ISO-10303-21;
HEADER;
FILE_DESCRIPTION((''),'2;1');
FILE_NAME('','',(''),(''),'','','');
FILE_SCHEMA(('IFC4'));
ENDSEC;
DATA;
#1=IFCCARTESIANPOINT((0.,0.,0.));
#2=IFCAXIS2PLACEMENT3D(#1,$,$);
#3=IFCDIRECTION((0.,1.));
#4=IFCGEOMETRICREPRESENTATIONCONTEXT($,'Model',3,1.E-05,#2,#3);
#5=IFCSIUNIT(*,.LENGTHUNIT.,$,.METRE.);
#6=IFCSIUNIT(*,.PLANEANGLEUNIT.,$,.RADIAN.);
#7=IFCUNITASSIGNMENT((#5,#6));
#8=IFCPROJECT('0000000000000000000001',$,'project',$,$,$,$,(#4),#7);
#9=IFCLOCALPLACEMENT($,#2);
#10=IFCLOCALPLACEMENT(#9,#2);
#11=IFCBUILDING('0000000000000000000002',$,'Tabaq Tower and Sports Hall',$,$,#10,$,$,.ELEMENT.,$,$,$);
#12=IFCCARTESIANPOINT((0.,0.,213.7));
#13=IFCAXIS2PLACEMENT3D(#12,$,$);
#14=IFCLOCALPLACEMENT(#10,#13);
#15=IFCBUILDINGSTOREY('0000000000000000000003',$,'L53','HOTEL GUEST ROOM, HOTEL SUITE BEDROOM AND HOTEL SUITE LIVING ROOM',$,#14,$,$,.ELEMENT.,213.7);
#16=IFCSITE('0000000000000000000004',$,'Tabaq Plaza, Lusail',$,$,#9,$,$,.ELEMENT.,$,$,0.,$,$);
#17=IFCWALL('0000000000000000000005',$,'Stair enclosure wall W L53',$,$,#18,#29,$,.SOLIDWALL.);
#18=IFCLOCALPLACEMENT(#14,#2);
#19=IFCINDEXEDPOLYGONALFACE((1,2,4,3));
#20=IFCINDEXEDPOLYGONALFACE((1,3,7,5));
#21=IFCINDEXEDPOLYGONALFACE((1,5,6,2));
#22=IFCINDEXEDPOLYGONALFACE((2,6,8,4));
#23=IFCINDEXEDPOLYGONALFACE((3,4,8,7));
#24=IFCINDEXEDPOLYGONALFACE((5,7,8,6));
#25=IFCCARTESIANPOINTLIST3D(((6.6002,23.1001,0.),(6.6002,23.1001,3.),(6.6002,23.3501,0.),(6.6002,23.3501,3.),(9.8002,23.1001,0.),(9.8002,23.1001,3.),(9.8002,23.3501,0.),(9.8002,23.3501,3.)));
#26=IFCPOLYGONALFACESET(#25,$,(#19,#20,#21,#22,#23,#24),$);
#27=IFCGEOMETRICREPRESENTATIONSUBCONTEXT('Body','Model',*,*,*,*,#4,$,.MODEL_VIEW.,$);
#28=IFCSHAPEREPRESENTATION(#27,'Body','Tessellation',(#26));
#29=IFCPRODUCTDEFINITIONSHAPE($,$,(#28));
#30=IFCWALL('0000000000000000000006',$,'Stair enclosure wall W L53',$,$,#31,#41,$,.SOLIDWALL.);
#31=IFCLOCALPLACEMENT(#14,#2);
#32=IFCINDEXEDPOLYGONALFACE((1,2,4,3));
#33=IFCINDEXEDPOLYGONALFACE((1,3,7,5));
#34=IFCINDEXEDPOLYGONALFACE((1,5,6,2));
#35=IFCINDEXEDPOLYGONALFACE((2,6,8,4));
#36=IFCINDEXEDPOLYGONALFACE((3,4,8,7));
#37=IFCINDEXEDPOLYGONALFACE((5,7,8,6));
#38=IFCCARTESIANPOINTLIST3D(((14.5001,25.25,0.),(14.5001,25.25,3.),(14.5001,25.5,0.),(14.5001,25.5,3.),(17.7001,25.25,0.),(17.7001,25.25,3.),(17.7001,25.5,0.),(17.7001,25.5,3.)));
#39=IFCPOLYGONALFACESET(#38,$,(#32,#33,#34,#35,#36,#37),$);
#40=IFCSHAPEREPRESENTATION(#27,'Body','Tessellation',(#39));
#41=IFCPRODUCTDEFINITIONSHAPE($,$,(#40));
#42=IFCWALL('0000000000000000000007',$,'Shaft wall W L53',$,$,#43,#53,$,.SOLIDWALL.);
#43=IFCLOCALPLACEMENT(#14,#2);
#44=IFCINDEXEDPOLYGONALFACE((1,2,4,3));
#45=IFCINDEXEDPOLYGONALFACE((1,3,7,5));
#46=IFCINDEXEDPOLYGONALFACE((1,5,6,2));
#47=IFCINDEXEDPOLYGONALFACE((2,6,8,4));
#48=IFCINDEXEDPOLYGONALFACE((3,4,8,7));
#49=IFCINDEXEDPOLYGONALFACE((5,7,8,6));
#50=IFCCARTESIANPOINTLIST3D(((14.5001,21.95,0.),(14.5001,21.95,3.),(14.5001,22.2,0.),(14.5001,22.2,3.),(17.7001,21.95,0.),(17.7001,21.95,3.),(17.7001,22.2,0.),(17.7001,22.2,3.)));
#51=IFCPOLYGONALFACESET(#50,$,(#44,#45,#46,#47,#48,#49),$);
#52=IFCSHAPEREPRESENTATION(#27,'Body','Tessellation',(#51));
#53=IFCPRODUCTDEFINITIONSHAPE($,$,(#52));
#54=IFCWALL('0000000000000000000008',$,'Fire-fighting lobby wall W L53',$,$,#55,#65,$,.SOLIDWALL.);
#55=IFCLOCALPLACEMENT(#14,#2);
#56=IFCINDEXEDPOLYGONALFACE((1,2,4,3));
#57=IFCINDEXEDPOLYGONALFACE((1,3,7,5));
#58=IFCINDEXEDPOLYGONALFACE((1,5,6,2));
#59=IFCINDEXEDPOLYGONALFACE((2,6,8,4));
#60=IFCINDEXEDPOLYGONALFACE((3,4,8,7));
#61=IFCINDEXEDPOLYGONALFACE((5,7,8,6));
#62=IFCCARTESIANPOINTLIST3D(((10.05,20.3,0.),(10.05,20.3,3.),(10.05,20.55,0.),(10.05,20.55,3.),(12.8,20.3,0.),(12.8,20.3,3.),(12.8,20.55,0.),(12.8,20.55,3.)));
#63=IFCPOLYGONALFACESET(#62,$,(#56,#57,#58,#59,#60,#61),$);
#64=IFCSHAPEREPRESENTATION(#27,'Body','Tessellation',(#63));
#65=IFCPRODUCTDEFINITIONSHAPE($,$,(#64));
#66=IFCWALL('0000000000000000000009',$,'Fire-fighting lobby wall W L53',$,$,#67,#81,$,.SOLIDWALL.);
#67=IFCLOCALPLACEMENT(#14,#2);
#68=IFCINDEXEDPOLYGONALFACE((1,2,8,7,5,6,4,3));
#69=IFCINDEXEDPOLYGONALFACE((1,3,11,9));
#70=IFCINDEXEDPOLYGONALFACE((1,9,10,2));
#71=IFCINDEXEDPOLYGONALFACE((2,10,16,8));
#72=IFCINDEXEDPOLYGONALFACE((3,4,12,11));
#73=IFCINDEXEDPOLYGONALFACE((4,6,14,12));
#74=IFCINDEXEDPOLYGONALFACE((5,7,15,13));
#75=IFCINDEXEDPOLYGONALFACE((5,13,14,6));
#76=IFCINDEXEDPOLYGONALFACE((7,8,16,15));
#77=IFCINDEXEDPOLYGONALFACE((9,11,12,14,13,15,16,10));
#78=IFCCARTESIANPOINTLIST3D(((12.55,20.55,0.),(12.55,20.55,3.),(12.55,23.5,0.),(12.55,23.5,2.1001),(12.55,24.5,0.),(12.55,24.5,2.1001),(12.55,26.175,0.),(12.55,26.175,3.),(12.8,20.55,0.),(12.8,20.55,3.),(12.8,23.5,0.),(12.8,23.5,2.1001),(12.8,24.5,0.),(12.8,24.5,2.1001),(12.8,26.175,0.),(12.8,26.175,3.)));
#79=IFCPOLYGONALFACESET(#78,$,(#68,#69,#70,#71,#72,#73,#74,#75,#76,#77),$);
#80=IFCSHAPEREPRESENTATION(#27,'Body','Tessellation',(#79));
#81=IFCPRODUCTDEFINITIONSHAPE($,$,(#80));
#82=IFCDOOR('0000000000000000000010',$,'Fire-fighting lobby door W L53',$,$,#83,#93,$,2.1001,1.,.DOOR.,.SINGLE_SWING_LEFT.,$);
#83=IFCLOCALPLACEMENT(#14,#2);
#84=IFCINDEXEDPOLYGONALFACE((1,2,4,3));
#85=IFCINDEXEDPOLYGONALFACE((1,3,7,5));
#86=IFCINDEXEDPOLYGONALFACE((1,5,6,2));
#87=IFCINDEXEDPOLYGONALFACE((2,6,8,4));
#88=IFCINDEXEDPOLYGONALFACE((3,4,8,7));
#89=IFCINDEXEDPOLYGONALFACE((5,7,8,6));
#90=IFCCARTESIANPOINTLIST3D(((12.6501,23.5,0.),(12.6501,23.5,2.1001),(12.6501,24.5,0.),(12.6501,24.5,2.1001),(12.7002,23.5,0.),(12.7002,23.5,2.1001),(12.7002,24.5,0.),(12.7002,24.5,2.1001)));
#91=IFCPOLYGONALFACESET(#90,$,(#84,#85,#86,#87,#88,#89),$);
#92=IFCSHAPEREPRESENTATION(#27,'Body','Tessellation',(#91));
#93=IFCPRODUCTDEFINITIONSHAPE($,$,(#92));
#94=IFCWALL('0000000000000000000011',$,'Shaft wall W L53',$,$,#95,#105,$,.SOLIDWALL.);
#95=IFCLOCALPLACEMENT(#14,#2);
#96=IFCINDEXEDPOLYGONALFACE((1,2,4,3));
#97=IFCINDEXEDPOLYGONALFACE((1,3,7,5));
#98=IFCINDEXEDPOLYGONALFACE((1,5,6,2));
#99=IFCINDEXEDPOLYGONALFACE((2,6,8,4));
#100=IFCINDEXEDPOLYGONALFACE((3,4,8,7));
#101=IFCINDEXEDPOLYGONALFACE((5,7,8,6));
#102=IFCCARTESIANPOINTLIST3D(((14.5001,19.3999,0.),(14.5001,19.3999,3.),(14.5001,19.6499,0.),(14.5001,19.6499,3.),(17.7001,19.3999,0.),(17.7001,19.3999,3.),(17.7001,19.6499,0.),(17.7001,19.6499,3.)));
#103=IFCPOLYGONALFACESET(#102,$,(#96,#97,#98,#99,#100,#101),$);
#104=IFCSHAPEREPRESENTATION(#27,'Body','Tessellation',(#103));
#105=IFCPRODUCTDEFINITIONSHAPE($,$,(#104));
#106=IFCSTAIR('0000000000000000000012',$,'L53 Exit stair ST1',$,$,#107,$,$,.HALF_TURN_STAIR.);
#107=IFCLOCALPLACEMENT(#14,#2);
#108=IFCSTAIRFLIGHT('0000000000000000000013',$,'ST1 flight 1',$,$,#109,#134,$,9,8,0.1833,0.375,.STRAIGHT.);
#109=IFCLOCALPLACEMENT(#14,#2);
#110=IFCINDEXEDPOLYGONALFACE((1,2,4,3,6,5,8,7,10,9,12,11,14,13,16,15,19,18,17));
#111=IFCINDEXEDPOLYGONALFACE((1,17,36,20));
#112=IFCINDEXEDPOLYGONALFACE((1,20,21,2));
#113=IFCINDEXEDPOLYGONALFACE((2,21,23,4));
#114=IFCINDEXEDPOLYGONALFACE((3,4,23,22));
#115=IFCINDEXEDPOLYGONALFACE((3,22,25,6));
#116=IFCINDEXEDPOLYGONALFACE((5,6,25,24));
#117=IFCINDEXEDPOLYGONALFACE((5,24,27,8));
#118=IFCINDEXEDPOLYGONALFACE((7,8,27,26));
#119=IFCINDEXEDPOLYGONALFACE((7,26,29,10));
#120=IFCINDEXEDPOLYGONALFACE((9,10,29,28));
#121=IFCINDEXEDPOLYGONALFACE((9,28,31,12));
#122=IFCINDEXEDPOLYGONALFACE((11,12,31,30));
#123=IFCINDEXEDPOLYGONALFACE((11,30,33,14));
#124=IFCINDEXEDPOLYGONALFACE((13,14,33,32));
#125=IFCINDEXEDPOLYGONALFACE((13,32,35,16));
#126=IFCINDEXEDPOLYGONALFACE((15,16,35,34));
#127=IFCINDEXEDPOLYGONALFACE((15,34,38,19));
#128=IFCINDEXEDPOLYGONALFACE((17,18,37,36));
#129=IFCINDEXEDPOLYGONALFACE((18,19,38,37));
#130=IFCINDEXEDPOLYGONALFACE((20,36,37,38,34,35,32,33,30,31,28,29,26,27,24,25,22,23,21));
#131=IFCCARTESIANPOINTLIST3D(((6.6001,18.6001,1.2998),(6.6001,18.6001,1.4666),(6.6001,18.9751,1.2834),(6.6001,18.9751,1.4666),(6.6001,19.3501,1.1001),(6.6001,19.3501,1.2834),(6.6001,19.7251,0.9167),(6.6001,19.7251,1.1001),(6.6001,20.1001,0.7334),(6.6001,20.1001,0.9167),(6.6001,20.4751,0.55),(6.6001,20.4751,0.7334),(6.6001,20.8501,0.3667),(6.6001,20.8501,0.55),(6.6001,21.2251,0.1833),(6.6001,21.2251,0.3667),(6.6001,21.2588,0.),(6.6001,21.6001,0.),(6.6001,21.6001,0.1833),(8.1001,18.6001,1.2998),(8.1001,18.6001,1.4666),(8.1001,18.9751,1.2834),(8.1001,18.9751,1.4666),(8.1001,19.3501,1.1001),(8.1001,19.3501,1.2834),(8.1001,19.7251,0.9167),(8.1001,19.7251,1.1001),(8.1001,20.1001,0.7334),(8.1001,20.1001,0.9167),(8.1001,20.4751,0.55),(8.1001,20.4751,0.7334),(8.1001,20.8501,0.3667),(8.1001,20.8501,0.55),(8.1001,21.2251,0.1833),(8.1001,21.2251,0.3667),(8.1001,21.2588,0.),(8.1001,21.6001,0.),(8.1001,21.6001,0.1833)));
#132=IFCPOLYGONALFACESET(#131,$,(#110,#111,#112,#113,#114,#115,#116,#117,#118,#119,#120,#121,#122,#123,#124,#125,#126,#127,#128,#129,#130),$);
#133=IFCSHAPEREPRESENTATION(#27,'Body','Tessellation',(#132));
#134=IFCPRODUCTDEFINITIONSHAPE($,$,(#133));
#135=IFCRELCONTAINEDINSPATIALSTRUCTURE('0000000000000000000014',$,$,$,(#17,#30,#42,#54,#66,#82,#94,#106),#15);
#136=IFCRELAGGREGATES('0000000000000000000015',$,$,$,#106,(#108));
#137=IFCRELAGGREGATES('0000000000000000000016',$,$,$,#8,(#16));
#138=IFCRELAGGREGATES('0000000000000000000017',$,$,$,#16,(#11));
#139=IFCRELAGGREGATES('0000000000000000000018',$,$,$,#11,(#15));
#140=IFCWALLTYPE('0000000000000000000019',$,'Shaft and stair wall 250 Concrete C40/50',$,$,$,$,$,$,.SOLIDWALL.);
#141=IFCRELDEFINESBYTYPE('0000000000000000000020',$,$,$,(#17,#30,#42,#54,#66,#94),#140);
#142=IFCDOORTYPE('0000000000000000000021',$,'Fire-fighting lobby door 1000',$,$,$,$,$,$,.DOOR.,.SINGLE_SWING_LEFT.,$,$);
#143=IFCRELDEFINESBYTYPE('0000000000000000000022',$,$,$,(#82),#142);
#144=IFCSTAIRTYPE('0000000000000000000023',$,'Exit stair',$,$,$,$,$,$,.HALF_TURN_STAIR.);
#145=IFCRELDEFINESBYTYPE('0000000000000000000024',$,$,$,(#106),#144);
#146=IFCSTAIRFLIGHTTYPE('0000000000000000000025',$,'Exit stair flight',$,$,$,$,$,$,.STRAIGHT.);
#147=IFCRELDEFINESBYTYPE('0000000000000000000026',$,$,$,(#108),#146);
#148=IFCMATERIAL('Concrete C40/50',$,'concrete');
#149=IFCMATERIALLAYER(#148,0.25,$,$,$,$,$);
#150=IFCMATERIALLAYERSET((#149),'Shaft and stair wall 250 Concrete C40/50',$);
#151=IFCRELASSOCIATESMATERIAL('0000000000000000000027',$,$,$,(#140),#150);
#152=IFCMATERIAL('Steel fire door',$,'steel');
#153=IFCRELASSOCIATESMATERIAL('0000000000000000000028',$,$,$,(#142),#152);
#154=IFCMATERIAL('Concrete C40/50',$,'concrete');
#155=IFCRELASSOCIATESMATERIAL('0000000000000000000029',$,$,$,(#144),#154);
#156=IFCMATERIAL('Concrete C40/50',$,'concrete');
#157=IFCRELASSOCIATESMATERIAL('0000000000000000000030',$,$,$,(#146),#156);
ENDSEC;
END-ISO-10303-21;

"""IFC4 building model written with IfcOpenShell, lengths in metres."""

from ifc_helpers import new_model, si_unit, direction, frame, frame_2d, origin, place, context, subcontext, project, spatial, polyline, rectangle, outline, extrude, material, layer, layer_set, type_object, element, fill, aggregate, save


model = new_model("IFC4")

# Units and contexts
model_context = context("Model", 3, precision=1e-05, world=origin(), true_north=direction((0.0, 1.0)))
body_context = subcontext(model_context, "Body", "Model", "MODEL_VIEW")
ifc_project = project(units=[si_unit("LENGTHUNIT", "METRE"), si_unit("PLANEANGLEUNIT", "RADIAN")], contexts=[model_context])

# Site, building, storey
site_placement = place(None, origin())
site = spatial("IfcSite", under=ifc_project, at=site_placement, Name="Tabaq Plaza, Lusail", CompositionType="ELEMENT", RefElevation=0.0)
building_placement = place(site_placement, origin())
building = spatial("IfcBuilding", under=site, at=building_placement, Name="Tabaq Tower and Sports Hall", CompositionType="ELEMENT")
storey_placement = place(building_placement, frame((0.0, 0.0, 213.7)))
storey = spatial("IfcBuildingStorey", under=building, at=storey_placement, Name="L53", Description="HOTEL GUEST ROOM, HOTEL SUITE BEDROOM AND HOTEL SUITE LIVING ROOM", CompositionType="ELEMENT", Elevation=213.7)

# Walls
ifc_material_1 = material(Name="Concrete C40/50", Category="concrete")
ifc_layer = layer(ifc_material_1, 0.25)
ifc_layer_set = layer_set([ifc_layer], Name="Shaft and stair wall 250 Concrete C40/50")
wall_type = type_object("IfcWallType", Name="Shaft and stair wall 250 Concrete C40/50", PredefinedType="SOLIDWALL", material=ifc_layer_set)
for number, where, z_axis, x_axis, name in (
    (1, (6.6001, 23.2251, 0.0), (0.0, 0.0, 1.0), (1.0, 0.0, 0.0), "Stair enclosure wall W L53"),
    (2, (14.5, 25.375, 0.0), (0.0, 0.0, 1.0), (1.0, 0.0, 0.0), "Stair enclosure wall W L53"),
    (3, (14.5, 22.075, 0.0), (0.0, 0.0, 1.0), (1.0, 0.0, 0.0), "Shaft wall W L53"),
):
    element("IfcWall", number, at=place(storey_placement, frame(where, z_axis=z_axis, x_axis=x_axis)), inside=storey, type_object=wall_type, Name=name, PredefinedType="SOLIDWALL", context=body_context, shape_type="SweptSolid", body=[
        extrude(rectangle(XDim=3.2, YDim=0.25, at=frame_2d((1.6001, 0.0))), origin(), (0.0, 0.0, 1.0), 3.0),
    ])
wall_1_placement = place(storey_placement, frame((10.05, 20.425, 0.0), z_axis=(0.0, 0.0, 1.0), x_axis=(1.0, 0.0, 0.0)))
element("IfcWall", 4, at=wall_1_placement, inside=storey, type_object=wall_type, Name="Fire-fighting lobby wall W L53", PredefinedType="SOLIDWALL", context=body_context, shape_type="SweptSolid", body=[
    extrude(rectangle(XDim=2.75, YDim=0.25, at=frame_2d((1.375, 0.0))), origin(), (0.0, 0.0, 1.0), 3.0),
])

# Wall, opening, door
wall_2_placement = place(storey_placement, frame((12.675, 20.55, 0.0), z_axis=(0.0, 0.0, 1.0), x_axis=(0.0, 1.0, 0.0)))
wall_2 = element("IfcWall", 5, at=wall_2_placement, inside=storey, type_object=wall_type, Name="Fire-fighting lobby wall W L53", PredefinedType="SOLIDWALL", context=body_context, shape_type="SweptSolid", body=[
    extrude(rectangle(XDim=5.625, YDim=0.25, at=frame_2d((2.8125, 0.0))), origin(), (0.0, 0.0, 1.0), 3.0),
])
opening_placement = place(wall_2_placement, frame((2.95, 0.0, 0.0)))
opening = element("IfcOpeningElement", 6, at=opening_placement, cuts=wall_2, PredefinedType="OPENING", context=body_context, shape_type="SweptSolid", body=[
    extrude(rectangle(XDim=1.0, YDim=2.1001, at=frame_2d((0.5, 1.05))), frame((0.0, 0.125, 0.0), z_axis=(0.0, -1.0, 0.0), x_axis=(1.0, 0.0, 0.0)), (0.0, 0.0, 1.0), 0.25),
])
ifc_material_2 = material(Name="Steel fire door", Category="steel")
door_type = type_object("IfcDoorType", Name="Fire-fighting lobby door 1000", OperationType="SINGLE_SWING_LEFT", PredefinedType="DOOR", material=ifc_material_2)
door_placement = place(opening_placement, origin())
door = element("IfcDoor", 7, at=door_placement, inside=storey, type_object=door_type, Name="Fire-fighting lobby door W L53", OperationType="SINGLE_SWING_LEFT", OverallHeight=2.1001, OverallWidth=1.0, PredefinedType="DOOR", context=body_context, shape_type="SweptSolid", body=[
    extrude(rectangle(XDim=1.0, YDim=2.1001, at=frame_2d((0.5, 1.05))), frame((0.0, 0.0249, 0.0), z_axis=(0.0, -1.0, 0.0), x_axis=(1.0, 0.0, 0.0)), (0.0, 0.0, 1.0), 0.05),
])
fill(opening, door)

# Wall
wall_3_placement = place(storey_placement, frame((14.5, 19.5249, 0.0), z_axis=(0.0, 0.0, 1.0), x_axis=(1.0, 0.0, 0.0)))
element("IfcWall", 8, at=wall_3_placement, inside=storey, type_object=wall_type, Name="Shaft wall W L53", PredefinedType="SOLIDWALL", context=body_context, shape_type="SweptSolid", body=[
    extrude(rectangle(XDim=3.2, YDim=0.25, at=frame_2d((1.6001, 0.0))), origin(), (0.0, 0.0, 1.0), 3.0),
])

# Stair, stair flight
ifc_material_3 = material(Name="Concrete C40/50", Category="concrete")
stair_type = type_object("IfcStairType", Name="Exit stair", PredefinedType="HALF_TURN_STAIR", material=ifc_material_3)
stair_placement = place(storey_placement, origin())
stair = element("IfcStair", 9, at=stair_placement, inside=storey, type_object=stair_type, Name="L53 Exit stair ST1", PredefinedType="HALF_TURN_STAIR")
ifc_material_4 = material(Name="Concrete C40/50", Category="concrete")
stair_flight_type = type_object("IfcStairFlightType", Name="Exit stair flight", PredefinedType="STRAIGHT", material=ifc_material_4)
stair_flight_placement = place(storey_placement, frame((7.3501, 21.6001, 0.0), z_axis=(0.0, 0.0, 1.0), x_axis=(0.0, -1.0, 0.0)))
stair_flight = element("IfcStairFlight", 10, at=stair_flight_placement, type_object=stair_flight_type, Name="ST1 flight 1", NumberOfRisers=9, NumberOfTreads=8, PredefinedType="STRAIGHT", RiserHeight=0.1833, TreadLength=0.375, context=body_context, shape_type="SweptSolid", body=[
    extrude(outline(polyline([(0.0, 0.0), (0.0, 0.1833), (0.375, 0.1833), (0.375, 0.3667), (0.75, 0.3667), (0.75, 0.55), (1.125, 0.55), (1.125, 0.7334), (1.5, 0.7334), (1.5, 0.9167), (1.875, 0.9167), (1.875, 1.1001), (2.25, 1.1001), (2.25, 1.2834), (2.625, 1.2834), (2.625, 1.4666), (3.0, 1.4666), (3.0, 1.6499), (3.0, 1.2998), (0.3413, 0.0), (0.0, 0.0)])), frame((0.0, 0.75, 0.0), z_axis=(0.0, -1.0, 0.0), x_axis=(1.0, 0.0, 0.0)), (0.0, 0.0, 1.0), 1.5),
])
aggregate(stair, [stair_flight])

save(model, "model.ifc")
